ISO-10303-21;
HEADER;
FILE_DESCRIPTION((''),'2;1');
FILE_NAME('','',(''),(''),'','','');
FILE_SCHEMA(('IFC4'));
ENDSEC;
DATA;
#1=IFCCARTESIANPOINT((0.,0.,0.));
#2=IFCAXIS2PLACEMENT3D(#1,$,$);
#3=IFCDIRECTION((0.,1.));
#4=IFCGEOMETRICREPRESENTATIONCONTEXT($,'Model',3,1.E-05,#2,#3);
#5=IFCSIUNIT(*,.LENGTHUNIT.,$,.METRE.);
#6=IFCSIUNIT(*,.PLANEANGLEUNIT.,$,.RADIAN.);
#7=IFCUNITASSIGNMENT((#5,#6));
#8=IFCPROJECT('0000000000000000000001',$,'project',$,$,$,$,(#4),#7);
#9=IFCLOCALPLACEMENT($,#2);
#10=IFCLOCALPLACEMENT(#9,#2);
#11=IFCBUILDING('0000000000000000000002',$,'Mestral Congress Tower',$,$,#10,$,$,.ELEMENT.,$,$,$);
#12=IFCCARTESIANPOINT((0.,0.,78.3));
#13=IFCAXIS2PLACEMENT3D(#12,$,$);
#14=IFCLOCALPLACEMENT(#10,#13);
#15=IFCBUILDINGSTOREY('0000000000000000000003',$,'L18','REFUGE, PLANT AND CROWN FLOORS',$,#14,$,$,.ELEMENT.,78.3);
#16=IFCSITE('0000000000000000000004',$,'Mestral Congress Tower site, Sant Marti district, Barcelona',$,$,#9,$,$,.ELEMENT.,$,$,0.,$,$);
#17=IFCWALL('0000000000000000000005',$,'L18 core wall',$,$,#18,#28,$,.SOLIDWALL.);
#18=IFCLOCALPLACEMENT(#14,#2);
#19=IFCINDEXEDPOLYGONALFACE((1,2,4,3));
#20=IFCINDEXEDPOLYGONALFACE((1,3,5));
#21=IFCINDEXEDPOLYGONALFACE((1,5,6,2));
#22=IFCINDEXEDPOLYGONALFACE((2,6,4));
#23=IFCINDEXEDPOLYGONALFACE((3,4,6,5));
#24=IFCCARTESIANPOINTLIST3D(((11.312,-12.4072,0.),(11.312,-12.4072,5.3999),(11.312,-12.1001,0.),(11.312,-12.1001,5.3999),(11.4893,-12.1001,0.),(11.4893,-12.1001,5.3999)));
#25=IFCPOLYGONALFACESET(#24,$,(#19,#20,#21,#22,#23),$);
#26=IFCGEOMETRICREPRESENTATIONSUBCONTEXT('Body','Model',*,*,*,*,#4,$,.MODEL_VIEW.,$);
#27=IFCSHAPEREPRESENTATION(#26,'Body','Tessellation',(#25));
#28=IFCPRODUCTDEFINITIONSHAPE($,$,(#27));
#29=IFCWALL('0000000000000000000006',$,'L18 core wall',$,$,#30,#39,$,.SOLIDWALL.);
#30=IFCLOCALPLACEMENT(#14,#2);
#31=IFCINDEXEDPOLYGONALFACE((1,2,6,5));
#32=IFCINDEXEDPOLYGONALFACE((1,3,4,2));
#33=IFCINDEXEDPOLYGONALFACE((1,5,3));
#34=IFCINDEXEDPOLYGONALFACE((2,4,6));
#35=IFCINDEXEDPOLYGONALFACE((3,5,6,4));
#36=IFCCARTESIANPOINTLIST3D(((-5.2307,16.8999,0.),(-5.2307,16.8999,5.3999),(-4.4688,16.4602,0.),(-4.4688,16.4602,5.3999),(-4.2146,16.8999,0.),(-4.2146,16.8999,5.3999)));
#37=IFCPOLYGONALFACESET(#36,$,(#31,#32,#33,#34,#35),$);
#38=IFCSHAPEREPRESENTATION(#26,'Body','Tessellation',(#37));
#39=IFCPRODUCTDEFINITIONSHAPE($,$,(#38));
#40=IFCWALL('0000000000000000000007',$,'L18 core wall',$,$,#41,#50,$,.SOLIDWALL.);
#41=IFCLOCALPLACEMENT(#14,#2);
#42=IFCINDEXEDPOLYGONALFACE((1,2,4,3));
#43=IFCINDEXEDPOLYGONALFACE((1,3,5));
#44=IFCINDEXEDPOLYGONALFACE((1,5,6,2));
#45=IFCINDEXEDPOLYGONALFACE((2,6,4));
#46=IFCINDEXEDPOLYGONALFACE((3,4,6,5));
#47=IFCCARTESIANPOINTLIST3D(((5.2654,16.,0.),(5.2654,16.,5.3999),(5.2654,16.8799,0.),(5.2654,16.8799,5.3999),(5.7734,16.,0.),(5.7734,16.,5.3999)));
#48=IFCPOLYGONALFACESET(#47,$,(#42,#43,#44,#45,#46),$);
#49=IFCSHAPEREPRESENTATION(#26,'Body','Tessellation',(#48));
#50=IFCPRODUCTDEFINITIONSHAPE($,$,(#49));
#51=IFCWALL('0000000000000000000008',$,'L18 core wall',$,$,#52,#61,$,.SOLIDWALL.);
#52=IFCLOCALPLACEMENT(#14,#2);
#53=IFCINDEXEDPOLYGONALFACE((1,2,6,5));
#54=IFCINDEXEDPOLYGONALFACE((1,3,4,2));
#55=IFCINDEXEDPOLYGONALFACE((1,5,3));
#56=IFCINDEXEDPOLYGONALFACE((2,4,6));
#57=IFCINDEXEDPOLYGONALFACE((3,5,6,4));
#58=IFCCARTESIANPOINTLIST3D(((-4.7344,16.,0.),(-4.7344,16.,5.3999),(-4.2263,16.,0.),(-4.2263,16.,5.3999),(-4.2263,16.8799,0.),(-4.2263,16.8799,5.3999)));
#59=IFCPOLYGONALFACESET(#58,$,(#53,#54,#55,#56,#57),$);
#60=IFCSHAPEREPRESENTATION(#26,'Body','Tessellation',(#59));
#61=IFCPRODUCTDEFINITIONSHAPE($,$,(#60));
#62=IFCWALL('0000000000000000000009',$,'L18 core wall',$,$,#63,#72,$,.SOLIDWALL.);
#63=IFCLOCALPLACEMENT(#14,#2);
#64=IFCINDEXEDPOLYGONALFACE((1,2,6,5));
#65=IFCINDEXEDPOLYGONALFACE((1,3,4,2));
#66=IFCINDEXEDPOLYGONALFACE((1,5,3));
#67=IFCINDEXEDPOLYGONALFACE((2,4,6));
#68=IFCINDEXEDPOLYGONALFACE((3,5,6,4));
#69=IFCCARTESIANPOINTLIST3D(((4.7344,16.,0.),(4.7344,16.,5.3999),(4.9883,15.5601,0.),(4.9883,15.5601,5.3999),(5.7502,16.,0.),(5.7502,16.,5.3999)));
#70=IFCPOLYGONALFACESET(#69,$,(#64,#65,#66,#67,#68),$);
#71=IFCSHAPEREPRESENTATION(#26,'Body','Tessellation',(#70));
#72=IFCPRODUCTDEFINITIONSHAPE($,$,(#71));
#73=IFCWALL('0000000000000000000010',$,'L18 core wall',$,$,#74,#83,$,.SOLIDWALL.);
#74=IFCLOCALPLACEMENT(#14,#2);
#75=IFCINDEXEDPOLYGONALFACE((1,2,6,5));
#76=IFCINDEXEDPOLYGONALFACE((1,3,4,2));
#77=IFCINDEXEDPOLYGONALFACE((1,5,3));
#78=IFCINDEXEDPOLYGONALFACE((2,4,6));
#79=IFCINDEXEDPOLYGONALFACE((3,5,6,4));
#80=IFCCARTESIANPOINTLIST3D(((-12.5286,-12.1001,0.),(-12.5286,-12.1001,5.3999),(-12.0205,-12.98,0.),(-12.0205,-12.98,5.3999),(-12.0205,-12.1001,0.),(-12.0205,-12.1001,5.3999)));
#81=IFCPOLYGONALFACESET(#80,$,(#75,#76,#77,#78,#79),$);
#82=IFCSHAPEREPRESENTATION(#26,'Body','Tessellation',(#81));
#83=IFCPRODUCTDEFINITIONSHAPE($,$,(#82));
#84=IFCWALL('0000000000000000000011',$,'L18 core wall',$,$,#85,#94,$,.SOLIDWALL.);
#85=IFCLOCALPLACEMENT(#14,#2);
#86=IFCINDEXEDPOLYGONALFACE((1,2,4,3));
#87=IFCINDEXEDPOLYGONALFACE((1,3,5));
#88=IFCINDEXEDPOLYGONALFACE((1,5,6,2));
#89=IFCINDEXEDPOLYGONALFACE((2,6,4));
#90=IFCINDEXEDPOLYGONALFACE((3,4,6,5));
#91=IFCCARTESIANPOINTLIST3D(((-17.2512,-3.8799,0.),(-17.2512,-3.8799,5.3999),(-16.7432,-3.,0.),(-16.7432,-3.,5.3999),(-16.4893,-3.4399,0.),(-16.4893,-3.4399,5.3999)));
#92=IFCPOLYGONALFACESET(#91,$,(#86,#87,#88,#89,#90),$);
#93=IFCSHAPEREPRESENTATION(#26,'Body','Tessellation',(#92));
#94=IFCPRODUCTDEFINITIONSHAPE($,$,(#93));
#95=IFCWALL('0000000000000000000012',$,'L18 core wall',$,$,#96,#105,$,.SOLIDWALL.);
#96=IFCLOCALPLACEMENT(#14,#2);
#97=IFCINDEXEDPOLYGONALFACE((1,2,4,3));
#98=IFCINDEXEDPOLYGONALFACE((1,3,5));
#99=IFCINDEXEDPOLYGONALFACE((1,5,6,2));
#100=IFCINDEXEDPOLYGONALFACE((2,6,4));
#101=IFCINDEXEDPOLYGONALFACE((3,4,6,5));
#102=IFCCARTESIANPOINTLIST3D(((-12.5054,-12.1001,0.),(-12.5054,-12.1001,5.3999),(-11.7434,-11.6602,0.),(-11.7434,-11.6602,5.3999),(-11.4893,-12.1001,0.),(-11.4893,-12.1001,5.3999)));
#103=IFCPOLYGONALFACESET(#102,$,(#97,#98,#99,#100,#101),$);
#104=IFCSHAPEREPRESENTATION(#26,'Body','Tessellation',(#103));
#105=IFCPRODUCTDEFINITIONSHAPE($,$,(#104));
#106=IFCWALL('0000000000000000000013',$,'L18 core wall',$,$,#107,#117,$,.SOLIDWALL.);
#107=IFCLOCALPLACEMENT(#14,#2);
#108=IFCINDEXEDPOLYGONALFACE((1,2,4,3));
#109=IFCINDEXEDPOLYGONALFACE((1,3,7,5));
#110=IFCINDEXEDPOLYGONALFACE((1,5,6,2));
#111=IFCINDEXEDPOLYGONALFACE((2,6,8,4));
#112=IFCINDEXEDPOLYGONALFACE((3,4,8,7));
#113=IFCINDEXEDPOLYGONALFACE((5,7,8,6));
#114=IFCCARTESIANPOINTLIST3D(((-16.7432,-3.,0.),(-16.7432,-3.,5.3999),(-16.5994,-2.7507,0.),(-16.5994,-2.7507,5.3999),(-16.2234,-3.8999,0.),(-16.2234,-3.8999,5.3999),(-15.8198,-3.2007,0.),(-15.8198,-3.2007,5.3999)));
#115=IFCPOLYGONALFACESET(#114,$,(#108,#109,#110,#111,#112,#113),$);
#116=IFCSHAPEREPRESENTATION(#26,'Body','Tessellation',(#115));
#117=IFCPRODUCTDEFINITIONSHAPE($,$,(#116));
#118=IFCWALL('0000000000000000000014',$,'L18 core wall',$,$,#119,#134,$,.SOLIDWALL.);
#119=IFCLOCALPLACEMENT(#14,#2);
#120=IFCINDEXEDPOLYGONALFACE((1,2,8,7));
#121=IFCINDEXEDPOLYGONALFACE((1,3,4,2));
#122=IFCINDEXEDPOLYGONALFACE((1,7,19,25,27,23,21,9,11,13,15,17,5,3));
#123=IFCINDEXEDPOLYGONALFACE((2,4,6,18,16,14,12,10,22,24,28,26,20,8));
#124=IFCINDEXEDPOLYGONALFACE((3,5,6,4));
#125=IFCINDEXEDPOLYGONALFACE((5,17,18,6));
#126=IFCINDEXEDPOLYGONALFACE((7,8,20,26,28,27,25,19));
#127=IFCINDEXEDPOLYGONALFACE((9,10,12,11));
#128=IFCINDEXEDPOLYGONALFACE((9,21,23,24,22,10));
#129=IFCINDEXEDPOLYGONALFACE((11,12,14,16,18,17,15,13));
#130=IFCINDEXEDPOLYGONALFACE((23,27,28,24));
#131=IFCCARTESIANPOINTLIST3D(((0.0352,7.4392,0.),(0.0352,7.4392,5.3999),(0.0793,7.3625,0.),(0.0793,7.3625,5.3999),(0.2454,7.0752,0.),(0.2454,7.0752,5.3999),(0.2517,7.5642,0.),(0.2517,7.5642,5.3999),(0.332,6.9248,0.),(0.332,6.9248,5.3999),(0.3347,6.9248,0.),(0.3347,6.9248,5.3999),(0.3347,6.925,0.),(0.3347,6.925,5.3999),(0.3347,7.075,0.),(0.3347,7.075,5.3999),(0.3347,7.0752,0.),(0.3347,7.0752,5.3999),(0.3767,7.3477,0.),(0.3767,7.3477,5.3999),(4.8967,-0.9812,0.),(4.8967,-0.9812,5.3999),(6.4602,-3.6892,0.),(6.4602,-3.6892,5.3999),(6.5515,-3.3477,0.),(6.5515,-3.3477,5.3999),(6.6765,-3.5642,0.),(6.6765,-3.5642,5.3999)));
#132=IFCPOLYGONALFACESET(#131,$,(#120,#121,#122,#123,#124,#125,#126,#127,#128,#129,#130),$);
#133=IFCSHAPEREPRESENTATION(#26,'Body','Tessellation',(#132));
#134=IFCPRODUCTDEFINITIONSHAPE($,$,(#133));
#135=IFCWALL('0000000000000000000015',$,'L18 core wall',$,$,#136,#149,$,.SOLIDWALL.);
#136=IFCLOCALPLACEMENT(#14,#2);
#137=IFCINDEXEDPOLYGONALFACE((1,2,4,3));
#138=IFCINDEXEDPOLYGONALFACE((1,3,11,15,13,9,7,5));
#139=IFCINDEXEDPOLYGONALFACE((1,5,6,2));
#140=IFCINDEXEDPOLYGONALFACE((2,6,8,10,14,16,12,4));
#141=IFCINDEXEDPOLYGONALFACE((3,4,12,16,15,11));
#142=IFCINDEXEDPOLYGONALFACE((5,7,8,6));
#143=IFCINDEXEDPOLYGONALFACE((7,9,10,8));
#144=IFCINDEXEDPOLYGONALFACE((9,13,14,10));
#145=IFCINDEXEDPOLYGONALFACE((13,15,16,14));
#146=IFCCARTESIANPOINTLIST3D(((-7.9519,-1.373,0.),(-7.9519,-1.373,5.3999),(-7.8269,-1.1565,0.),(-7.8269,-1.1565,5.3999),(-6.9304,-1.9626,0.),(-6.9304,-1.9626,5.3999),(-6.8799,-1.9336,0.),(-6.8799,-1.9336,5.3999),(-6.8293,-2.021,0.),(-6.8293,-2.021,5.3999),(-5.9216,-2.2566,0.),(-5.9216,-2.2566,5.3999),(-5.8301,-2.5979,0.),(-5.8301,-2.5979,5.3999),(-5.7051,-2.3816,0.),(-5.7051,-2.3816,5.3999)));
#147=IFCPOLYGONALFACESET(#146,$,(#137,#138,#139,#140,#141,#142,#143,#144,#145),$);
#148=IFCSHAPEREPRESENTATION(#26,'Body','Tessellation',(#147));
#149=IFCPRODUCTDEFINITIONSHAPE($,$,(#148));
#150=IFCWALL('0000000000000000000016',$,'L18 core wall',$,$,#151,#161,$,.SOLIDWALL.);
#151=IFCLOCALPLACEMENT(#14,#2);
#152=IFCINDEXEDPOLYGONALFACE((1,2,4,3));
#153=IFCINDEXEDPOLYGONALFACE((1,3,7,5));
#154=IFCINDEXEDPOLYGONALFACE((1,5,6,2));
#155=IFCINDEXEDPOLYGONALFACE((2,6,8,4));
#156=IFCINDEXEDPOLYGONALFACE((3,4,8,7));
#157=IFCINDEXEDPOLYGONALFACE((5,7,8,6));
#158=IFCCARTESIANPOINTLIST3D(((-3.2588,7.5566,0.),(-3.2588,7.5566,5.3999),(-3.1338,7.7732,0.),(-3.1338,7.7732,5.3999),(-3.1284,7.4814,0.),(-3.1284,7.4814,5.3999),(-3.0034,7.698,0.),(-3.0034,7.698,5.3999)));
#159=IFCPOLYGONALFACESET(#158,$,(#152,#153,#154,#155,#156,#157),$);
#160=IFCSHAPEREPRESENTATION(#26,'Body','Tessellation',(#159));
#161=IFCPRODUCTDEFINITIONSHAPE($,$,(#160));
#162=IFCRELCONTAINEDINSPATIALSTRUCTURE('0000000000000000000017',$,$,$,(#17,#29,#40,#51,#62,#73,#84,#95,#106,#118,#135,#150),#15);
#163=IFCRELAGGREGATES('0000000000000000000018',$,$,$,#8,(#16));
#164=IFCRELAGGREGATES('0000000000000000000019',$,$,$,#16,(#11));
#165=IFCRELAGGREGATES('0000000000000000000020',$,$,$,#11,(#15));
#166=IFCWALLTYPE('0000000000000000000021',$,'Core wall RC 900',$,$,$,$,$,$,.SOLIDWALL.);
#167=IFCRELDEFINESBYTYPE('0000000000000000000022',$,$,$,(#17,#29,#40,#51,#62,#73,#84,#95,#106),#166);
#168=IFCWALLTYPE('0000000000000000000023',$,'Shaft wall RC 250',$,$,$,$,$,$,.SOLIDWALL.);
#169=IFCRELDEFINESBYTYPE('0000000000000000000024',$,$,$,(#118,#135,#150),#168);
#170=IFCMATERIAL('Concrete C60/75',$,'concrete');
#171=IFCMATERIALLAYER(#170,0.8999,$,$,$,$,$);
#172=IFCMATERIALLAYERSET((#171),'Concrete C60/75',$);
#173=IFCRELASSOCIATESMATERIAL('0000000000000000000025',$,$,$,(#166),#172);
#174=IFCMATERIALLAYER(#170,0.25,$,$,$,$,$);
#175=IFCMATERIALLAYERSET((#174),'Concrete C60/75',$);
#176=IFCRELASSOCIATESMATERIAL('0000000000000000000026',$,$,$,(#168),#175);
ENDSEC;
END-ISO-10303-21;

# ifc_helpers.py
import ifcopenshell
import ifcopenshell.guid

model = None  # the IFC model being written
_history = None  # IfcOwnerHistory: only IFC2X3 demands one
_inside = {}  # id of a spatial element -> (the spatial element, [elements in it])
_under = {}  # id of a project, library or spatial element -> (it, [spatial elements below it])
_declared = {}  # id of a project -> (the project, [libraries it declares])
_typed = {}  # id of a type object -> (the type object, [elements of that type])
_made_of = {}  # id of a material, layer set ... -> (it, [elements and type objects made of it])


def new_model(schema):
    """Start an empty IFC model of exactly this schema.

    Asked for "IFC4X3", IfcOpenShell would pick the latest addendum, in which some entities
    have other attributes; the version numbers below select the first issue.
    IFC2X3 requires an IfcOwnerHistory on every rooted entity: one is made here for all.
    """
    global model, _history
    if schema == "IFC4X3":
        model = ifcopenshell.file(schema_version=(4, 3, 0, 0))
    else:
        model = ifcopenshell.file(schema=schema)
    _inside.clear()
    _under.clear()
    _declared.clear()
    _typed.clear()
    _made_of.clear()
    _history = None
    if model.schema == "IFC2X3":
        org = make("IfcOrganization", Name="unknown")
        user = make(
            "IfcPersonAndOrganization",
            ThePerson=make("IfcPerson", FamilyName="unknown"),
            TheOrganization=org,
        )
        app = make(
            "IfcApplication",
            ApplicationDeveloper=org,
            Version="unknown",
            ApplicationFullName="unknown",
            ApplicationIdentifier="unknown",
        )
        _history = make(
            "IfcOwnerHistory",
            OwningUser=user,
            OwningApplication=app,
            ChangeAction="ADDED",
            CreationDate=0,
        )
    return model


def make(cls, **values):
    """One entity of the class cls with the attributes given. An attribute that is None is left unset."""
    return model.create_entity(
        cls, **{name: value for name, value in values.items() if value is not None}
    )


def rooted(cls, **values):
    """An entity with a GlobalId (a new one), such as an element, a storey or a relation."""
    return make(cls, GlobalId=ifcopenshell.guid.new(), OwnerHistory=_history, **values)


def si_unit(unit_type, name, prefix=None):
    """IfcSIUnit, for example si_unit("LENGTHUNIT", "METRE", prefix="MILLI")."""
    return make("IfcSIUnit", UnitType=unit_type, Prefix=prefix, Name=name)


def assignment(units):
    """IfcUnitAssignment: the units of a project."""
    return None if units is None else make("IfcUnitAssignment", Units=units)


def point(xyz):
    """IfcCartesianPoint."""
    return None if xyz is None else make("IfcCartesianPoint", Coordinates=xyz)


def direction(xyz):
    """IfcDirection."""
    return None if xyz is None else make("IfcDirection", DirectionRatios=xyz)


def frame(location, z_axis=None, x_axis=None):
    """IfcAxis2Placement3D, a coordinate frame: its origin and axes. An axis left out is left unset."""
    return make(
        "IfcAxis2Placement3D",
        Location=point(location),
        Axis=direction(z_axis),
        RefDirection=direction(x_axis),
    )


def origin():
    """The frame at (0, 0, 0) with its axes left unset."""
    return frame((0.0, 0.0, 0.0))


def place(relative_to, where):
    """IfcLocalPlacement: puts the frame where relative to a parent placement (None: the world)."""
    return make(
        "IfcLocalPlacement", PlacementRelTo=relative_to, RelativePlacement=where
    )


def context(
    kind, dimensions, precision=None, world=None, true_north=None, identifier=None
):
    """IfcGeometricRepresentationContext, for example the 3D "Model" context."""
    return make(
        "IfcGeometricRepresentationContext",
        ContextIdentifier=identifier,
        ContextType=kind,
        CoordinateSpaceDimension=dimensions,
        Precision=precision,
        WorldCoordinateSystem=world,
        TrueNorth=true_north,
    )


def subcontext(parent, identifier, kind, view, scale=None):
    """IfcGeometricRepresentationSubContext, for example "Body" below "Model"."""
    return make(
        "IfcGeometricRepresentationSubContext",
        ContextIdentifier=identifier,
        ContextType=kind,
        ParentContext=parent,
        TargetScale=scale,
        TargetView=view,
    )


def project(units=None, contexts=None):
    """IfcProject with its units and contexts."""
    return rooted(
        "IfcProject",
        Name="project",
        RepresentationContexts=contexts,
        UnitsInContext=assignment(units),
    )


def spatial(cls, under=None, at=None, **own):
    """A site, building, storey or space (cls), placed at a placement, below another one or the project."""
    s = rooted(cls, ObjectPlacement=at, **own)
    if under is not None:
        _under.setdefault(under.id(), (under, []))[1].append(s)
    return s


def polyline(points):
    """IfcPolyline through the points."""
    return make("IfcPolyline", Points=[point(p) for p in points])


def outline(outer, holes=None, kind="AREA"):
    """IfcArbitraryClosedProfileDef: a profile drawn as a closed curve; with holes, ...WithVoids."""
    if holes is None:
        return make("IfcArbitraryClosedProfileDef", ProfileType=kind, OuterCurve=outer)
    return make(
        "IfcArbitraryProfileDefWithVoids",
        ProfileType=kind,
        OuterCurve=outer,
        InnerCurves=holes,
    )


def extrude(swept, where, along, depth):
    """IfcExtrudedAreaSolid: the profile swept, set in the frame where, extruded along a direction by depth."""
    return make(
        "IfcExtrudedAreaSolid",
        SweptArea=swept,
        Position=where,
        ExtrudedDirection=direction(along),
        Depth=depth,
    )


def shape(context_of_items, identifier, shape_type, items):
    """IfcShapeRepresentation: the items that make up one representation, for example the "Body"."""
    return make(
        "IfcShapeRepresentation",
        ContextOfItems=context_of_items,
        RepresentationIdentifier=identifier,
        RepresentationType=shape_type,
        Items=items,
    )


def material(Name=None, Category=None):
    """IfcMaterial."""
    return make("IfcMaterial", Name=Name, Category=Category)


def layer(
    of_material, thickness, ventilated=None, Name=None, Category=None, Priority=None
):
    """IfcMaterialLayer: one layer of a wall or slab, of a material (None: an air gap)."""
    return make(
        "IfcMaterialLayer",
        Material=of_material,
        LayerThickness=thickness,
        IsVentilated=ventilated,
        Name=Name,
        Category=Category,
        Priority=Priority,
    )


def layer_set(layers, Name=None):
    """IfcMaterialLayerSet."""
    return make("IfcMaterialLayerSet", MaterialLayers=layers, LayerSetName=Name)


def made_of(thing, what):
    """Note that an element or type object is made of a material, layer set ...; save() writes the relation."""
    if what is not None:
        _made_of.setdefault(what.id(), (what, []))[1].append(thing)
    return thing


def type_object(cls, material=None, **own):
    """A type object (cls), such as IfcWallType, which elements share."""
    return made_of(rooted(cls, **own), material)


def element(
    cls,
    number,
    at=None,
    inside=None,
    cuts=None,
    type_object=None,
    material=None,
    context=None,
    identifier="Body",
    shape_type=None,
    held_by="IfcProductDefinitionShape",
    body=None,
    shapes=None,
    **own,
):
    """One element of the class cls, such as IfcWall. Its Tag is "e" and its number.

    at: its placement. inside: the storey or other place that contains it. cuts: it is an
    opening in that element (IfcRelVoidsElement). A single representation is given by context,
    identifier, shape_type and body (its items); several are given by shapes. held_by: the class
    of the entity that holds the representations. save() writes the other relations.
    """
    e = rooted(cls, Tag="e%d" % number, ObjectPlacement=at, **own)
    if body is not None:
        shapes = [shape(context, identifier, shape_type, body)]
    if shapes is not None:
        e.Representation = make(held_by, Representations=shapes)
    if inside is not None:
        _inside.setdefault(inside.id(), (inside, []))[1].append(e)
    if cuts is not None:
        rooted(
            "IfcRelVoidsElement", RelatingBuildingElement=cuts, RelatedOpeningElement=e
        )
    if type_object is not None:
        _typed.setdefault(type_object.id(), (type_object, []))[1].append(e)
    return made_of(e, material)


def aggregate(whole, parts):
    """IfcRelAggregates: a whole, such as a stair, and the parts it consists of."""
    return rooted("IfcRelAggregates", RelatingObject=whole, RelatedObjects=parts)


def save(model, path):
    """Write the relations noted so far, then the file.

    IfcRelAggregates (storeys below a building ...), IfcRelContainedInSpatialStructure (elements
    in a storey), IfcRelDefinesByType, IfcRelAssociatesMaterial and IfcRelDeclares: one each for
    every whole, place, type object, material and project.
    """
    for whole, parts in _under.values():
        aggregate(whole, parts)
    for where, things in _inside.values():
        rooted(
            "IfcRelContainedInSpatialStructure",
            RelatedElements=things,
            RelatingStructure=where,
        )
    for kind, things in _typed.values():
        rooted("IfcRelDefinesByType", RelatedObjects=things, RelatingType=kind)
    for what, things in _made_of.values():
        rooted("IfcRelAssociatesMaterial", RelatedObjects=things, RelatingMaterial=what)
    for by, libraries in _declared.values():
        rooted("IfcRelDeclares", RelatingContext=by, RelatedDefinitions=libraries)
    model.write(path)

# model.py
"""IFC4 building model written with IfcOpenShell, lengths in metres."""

from ifc_helpers import new_model, si_unit, direction, frame, origin, place, context, subcontext, project, spatial, polyline, outline, extrude, material, layer, layer_set, type_object, element, save


model = new_model("IFC4")

# Units and contexts
model_context = context("Model", 3, precision=1e-05, world=origin(), true_north=direction((0.0, 1.0)))
body_context = subcontext(model_context, "Body", "Model", "MODEL_VIEW")
ifc_project = project(units=[si_unit("LENGTHUNIT", "METRE"), si_unit("PLANEANGLEUNIT", "RADIAN")], contexts=[model_context])

# Site, building, storey
site_placement = place(None, origin())
site = spatial("IfcSite", under=ifc_project, at=site_placement, Name="Mestral Congress Tower site, Sant Marti district, Barcelona", CompositionType="ELEMENT", RefElevation=0.0)
building_placement = place(site_placement, origin())
building = spatial("IfcBuilding", under=site, at=building_placement, Name="Mestral Congress Tower", CompositionType="ELEMENT")
storey_placement = place(building_placement, frame((0.0, 0.0, 78.3)))
storey = spatial("IfcBuildingStorey", under=building, at=storey_placement, Name="L18", Description="REFUGE, PLANT AND CROWN FLOORS", CompositionType="ELEMENT", Elevation=78.3)

# Shared definitions
ifc_material = material(Name="Concrete C60/75", Category="concrete")

# Shared definitions
placement = place(storey_placement, origin())

# Walls
ifc_layer_1 = layer(ifc_material, 0.8999)
ifc_layer_set_1 = layer_set([ifc_layer_1], Name="Concrete C60/75")
wall_type_1 = type_object("IfcWallType", Name="Core wall RC 900", PredefinedType="SOLIDWALL", material=ifc_layer_set_1)
element("IfcWall", 1, at=placement, inside=storey, type_object=wall_type_1, Name="L18 core wall", PredefinedType="SOLIDWALL", context=body_context, shape_type="SweptSolid", body=[
    extrude(outline(polyline([(11.4893, -12.1001), (11.312, -12.4072), (11.312, -12.1001), (11.4893, -12.1001)])), origin(), (0.0, 0.0, 1.0), 5.3999),
])
element("IfcWall", 2, at=placement, inside=storey, type_object=wall_type_1, Name="L18 core wall", PredefinedType="SOLIDWALL", context=body_context, shape_type="SweptSolid", body=[
    extrude(outline(polyline([(-4.2146, 16.8999), (-4.4688, 16.4602), (-5.2307, 16.8999), (-4.2146, 16.8999)])), origin(), (0.0, 0.0, 1.0), 5.3999),
])
element("IfcWall", 3, at=placement, inside=storey, type_object=wall_type_1, Name="L18 core wall", PredefinedType="SOLIDWALL", context=body_context, shape_type="SweptSolid", body=[
    extrude(outline(polyline([(5.2654, 16.0), (5.2654, 16.8799), (5.7734, 16.0), (5.2654, 16.0)])), origin(), (0.0, 0.0, 1.0), 5.3999),
])
element("IfcWall", 4, at=placement, inside=storey, type_object=wall_type_1, Name="L18 core wall", PredefinedType="SOLIDWALL", context=body_context, shape_type="SweptSolid", body=[
    extrude(outline(polyline([(-4.7344, 16.0), (-4.2263, 16.8799), (-4.2263, 16.0), (-4.7344, 16.0)])), origin(), (0.0, 0.0, 1.0), 5.3999),
])
element("IfcWall", 5, at=placement, inside=storey, type_object=wall_type_1, Name="L18 core wall", PredefinedType="SOLIDWALL", context=body_context, shape_type="SweptSolid", body=[
    extrude(outline(polyline([(4.7344, 16.0), (5.7502, 16.0), (4.9883, 15.5601), (4.7344, 16.0)])), origin(), (0.0, 0.0, 1.0), 5.3999),
])
element("IfcWall", 6, at=placement, inside=storey, type_object=wall_type_1, Name="L18 core wall", PredefinedType="SOLIDWALL", context=body_context, shape_type="SweptSolid", body=[
    extrude(outline(polyline([(-12.5286, -12.1001), (-12.0205, -12.1001), (-12.0205, -12.98), (-12.5286, -12.1001)])), origin(), (0.0, 0.0, 1.0), 5.3999),
])
element("IfcWall", 7, at=placement, inside=storey, type_object=wall_type_1, Name="L18 core wall", PredefinedType="SOLIDWALL", context=body_context, shape_type="SweptSolid", body=[
    extrude(outline(polyline([(-16.4893, -3.4399), (-17.2512, -3.8799), (-16.7432, -3.0), (-16.4893, -3.4399)])), origin(), (0.0, 0.0, 1.0), 5.3999),
])
element("IfcWall", 8, at=placement, inside=storey, type_object=wall_type_1, Name="L18 core wall", PredefinedType="SOLIDWALL", context=body_context, shape_type="SweptSolid", body=[
    extrude(outline(polyline([(-11.4893, -12.1001), (-12.5054, -12.1001), (-11.7434, -11.6602), (-11.4893, -12.1001)])), origin(), (0.0, 0.0, 1.0), 5.3999),
])
element("IfcWall", 9, at=placement, inside=storey, type_object=wall_type_1, Name="L18 core wall", PredefinedType="SOLIDWALL", context=body_context, shape_type="SweptSolid", body=[
    extrude(outline(polyline([(-15.8198, -3.2007), (-16.2234, -3.8999), (-16.7432, -3.0), (-16.5994, -2.7507), (-15.8198, -3.2007)])), origin(), (0.0, 0.0, 1.0), 5.3999),
])
ifc_layer_2 = layer(ifc_material, 0.25)
ifc_layer_set_2 = layer_set([ifc_layer_2], Name="Concrete C60/75")
wall_type_2 = type_object("IfcWallType", Name="Shaft wall RC 250", PredefinedType="SOLIDWALL", material=ifc_layer_set_2)
element("IfcWall", 10, at=placement, inside=storey, type_object=wall_type_2, Name="L18 core wall", PredefinedType="SOLIDWALL", context=body_context, shape_type="SweptSolid", body=[
    extrude(outline(polyline([(0.3347, 6.925), (0.3347, 7.075), (0.3347, 7.075), (0.3347, 7.0752), (0.2454, 7.0752), (0.0793, 7.3625), (0.0352, 7.4392), (0.2517, 7.5642), (0.3767, 7.3477), (6.5515, -3.3477), (6.6765, -3.5642), (6.4602, -3.6892), (4.8967, -0.9812), (0.332, 6.9248), (0.3347, 6.9248), (0.3347, 6.925), (0.3347, 6.925)])), origin(), (0.0, 0.0, 1.0), 5.3999),
])
element("IfcWall", 11, at=placement, inside=storey, type_object=wall_type_2, Name="L18 core wall", PredefinedType="SOLIDWALL", context=body_context, shape_type="SweptSolid", body=[
    extrude(outline(polyline([(-5.9216, -2.2566), (-5.9216, -2.2566), (-5.7051, -2.3816), (-5.8301, -2.5979), (-6.8293, -2.021), (-6.8799, -1.9336), (-6.8799, -1.9336), (-6.9304, -1.9626), (-7.9519, -1.373), (-7.8269, -1.1565), (-5.9216, -2.2566)])), origin(), (0.0, 0.0, 1.0), 5.3999),
])
element("IfcWall", 12, at=placement, inside=storey, type_object=wall_type_2, Name="L18 core wall", PredefinedType="SOLIDWALL", context=body_context, shape_type="SweptSolid", body=[
    extrude(outline(polyline([(-3.1284, 7.4814), (-3.2588, 7.5566), (-3.1338, 7.7732), (-3.0034, 7.698), (-3.1284, 7.4814)])), origin(), (0.0, 0.0, 1.0), 5.3999),
])

save(model, "model.ifc")
